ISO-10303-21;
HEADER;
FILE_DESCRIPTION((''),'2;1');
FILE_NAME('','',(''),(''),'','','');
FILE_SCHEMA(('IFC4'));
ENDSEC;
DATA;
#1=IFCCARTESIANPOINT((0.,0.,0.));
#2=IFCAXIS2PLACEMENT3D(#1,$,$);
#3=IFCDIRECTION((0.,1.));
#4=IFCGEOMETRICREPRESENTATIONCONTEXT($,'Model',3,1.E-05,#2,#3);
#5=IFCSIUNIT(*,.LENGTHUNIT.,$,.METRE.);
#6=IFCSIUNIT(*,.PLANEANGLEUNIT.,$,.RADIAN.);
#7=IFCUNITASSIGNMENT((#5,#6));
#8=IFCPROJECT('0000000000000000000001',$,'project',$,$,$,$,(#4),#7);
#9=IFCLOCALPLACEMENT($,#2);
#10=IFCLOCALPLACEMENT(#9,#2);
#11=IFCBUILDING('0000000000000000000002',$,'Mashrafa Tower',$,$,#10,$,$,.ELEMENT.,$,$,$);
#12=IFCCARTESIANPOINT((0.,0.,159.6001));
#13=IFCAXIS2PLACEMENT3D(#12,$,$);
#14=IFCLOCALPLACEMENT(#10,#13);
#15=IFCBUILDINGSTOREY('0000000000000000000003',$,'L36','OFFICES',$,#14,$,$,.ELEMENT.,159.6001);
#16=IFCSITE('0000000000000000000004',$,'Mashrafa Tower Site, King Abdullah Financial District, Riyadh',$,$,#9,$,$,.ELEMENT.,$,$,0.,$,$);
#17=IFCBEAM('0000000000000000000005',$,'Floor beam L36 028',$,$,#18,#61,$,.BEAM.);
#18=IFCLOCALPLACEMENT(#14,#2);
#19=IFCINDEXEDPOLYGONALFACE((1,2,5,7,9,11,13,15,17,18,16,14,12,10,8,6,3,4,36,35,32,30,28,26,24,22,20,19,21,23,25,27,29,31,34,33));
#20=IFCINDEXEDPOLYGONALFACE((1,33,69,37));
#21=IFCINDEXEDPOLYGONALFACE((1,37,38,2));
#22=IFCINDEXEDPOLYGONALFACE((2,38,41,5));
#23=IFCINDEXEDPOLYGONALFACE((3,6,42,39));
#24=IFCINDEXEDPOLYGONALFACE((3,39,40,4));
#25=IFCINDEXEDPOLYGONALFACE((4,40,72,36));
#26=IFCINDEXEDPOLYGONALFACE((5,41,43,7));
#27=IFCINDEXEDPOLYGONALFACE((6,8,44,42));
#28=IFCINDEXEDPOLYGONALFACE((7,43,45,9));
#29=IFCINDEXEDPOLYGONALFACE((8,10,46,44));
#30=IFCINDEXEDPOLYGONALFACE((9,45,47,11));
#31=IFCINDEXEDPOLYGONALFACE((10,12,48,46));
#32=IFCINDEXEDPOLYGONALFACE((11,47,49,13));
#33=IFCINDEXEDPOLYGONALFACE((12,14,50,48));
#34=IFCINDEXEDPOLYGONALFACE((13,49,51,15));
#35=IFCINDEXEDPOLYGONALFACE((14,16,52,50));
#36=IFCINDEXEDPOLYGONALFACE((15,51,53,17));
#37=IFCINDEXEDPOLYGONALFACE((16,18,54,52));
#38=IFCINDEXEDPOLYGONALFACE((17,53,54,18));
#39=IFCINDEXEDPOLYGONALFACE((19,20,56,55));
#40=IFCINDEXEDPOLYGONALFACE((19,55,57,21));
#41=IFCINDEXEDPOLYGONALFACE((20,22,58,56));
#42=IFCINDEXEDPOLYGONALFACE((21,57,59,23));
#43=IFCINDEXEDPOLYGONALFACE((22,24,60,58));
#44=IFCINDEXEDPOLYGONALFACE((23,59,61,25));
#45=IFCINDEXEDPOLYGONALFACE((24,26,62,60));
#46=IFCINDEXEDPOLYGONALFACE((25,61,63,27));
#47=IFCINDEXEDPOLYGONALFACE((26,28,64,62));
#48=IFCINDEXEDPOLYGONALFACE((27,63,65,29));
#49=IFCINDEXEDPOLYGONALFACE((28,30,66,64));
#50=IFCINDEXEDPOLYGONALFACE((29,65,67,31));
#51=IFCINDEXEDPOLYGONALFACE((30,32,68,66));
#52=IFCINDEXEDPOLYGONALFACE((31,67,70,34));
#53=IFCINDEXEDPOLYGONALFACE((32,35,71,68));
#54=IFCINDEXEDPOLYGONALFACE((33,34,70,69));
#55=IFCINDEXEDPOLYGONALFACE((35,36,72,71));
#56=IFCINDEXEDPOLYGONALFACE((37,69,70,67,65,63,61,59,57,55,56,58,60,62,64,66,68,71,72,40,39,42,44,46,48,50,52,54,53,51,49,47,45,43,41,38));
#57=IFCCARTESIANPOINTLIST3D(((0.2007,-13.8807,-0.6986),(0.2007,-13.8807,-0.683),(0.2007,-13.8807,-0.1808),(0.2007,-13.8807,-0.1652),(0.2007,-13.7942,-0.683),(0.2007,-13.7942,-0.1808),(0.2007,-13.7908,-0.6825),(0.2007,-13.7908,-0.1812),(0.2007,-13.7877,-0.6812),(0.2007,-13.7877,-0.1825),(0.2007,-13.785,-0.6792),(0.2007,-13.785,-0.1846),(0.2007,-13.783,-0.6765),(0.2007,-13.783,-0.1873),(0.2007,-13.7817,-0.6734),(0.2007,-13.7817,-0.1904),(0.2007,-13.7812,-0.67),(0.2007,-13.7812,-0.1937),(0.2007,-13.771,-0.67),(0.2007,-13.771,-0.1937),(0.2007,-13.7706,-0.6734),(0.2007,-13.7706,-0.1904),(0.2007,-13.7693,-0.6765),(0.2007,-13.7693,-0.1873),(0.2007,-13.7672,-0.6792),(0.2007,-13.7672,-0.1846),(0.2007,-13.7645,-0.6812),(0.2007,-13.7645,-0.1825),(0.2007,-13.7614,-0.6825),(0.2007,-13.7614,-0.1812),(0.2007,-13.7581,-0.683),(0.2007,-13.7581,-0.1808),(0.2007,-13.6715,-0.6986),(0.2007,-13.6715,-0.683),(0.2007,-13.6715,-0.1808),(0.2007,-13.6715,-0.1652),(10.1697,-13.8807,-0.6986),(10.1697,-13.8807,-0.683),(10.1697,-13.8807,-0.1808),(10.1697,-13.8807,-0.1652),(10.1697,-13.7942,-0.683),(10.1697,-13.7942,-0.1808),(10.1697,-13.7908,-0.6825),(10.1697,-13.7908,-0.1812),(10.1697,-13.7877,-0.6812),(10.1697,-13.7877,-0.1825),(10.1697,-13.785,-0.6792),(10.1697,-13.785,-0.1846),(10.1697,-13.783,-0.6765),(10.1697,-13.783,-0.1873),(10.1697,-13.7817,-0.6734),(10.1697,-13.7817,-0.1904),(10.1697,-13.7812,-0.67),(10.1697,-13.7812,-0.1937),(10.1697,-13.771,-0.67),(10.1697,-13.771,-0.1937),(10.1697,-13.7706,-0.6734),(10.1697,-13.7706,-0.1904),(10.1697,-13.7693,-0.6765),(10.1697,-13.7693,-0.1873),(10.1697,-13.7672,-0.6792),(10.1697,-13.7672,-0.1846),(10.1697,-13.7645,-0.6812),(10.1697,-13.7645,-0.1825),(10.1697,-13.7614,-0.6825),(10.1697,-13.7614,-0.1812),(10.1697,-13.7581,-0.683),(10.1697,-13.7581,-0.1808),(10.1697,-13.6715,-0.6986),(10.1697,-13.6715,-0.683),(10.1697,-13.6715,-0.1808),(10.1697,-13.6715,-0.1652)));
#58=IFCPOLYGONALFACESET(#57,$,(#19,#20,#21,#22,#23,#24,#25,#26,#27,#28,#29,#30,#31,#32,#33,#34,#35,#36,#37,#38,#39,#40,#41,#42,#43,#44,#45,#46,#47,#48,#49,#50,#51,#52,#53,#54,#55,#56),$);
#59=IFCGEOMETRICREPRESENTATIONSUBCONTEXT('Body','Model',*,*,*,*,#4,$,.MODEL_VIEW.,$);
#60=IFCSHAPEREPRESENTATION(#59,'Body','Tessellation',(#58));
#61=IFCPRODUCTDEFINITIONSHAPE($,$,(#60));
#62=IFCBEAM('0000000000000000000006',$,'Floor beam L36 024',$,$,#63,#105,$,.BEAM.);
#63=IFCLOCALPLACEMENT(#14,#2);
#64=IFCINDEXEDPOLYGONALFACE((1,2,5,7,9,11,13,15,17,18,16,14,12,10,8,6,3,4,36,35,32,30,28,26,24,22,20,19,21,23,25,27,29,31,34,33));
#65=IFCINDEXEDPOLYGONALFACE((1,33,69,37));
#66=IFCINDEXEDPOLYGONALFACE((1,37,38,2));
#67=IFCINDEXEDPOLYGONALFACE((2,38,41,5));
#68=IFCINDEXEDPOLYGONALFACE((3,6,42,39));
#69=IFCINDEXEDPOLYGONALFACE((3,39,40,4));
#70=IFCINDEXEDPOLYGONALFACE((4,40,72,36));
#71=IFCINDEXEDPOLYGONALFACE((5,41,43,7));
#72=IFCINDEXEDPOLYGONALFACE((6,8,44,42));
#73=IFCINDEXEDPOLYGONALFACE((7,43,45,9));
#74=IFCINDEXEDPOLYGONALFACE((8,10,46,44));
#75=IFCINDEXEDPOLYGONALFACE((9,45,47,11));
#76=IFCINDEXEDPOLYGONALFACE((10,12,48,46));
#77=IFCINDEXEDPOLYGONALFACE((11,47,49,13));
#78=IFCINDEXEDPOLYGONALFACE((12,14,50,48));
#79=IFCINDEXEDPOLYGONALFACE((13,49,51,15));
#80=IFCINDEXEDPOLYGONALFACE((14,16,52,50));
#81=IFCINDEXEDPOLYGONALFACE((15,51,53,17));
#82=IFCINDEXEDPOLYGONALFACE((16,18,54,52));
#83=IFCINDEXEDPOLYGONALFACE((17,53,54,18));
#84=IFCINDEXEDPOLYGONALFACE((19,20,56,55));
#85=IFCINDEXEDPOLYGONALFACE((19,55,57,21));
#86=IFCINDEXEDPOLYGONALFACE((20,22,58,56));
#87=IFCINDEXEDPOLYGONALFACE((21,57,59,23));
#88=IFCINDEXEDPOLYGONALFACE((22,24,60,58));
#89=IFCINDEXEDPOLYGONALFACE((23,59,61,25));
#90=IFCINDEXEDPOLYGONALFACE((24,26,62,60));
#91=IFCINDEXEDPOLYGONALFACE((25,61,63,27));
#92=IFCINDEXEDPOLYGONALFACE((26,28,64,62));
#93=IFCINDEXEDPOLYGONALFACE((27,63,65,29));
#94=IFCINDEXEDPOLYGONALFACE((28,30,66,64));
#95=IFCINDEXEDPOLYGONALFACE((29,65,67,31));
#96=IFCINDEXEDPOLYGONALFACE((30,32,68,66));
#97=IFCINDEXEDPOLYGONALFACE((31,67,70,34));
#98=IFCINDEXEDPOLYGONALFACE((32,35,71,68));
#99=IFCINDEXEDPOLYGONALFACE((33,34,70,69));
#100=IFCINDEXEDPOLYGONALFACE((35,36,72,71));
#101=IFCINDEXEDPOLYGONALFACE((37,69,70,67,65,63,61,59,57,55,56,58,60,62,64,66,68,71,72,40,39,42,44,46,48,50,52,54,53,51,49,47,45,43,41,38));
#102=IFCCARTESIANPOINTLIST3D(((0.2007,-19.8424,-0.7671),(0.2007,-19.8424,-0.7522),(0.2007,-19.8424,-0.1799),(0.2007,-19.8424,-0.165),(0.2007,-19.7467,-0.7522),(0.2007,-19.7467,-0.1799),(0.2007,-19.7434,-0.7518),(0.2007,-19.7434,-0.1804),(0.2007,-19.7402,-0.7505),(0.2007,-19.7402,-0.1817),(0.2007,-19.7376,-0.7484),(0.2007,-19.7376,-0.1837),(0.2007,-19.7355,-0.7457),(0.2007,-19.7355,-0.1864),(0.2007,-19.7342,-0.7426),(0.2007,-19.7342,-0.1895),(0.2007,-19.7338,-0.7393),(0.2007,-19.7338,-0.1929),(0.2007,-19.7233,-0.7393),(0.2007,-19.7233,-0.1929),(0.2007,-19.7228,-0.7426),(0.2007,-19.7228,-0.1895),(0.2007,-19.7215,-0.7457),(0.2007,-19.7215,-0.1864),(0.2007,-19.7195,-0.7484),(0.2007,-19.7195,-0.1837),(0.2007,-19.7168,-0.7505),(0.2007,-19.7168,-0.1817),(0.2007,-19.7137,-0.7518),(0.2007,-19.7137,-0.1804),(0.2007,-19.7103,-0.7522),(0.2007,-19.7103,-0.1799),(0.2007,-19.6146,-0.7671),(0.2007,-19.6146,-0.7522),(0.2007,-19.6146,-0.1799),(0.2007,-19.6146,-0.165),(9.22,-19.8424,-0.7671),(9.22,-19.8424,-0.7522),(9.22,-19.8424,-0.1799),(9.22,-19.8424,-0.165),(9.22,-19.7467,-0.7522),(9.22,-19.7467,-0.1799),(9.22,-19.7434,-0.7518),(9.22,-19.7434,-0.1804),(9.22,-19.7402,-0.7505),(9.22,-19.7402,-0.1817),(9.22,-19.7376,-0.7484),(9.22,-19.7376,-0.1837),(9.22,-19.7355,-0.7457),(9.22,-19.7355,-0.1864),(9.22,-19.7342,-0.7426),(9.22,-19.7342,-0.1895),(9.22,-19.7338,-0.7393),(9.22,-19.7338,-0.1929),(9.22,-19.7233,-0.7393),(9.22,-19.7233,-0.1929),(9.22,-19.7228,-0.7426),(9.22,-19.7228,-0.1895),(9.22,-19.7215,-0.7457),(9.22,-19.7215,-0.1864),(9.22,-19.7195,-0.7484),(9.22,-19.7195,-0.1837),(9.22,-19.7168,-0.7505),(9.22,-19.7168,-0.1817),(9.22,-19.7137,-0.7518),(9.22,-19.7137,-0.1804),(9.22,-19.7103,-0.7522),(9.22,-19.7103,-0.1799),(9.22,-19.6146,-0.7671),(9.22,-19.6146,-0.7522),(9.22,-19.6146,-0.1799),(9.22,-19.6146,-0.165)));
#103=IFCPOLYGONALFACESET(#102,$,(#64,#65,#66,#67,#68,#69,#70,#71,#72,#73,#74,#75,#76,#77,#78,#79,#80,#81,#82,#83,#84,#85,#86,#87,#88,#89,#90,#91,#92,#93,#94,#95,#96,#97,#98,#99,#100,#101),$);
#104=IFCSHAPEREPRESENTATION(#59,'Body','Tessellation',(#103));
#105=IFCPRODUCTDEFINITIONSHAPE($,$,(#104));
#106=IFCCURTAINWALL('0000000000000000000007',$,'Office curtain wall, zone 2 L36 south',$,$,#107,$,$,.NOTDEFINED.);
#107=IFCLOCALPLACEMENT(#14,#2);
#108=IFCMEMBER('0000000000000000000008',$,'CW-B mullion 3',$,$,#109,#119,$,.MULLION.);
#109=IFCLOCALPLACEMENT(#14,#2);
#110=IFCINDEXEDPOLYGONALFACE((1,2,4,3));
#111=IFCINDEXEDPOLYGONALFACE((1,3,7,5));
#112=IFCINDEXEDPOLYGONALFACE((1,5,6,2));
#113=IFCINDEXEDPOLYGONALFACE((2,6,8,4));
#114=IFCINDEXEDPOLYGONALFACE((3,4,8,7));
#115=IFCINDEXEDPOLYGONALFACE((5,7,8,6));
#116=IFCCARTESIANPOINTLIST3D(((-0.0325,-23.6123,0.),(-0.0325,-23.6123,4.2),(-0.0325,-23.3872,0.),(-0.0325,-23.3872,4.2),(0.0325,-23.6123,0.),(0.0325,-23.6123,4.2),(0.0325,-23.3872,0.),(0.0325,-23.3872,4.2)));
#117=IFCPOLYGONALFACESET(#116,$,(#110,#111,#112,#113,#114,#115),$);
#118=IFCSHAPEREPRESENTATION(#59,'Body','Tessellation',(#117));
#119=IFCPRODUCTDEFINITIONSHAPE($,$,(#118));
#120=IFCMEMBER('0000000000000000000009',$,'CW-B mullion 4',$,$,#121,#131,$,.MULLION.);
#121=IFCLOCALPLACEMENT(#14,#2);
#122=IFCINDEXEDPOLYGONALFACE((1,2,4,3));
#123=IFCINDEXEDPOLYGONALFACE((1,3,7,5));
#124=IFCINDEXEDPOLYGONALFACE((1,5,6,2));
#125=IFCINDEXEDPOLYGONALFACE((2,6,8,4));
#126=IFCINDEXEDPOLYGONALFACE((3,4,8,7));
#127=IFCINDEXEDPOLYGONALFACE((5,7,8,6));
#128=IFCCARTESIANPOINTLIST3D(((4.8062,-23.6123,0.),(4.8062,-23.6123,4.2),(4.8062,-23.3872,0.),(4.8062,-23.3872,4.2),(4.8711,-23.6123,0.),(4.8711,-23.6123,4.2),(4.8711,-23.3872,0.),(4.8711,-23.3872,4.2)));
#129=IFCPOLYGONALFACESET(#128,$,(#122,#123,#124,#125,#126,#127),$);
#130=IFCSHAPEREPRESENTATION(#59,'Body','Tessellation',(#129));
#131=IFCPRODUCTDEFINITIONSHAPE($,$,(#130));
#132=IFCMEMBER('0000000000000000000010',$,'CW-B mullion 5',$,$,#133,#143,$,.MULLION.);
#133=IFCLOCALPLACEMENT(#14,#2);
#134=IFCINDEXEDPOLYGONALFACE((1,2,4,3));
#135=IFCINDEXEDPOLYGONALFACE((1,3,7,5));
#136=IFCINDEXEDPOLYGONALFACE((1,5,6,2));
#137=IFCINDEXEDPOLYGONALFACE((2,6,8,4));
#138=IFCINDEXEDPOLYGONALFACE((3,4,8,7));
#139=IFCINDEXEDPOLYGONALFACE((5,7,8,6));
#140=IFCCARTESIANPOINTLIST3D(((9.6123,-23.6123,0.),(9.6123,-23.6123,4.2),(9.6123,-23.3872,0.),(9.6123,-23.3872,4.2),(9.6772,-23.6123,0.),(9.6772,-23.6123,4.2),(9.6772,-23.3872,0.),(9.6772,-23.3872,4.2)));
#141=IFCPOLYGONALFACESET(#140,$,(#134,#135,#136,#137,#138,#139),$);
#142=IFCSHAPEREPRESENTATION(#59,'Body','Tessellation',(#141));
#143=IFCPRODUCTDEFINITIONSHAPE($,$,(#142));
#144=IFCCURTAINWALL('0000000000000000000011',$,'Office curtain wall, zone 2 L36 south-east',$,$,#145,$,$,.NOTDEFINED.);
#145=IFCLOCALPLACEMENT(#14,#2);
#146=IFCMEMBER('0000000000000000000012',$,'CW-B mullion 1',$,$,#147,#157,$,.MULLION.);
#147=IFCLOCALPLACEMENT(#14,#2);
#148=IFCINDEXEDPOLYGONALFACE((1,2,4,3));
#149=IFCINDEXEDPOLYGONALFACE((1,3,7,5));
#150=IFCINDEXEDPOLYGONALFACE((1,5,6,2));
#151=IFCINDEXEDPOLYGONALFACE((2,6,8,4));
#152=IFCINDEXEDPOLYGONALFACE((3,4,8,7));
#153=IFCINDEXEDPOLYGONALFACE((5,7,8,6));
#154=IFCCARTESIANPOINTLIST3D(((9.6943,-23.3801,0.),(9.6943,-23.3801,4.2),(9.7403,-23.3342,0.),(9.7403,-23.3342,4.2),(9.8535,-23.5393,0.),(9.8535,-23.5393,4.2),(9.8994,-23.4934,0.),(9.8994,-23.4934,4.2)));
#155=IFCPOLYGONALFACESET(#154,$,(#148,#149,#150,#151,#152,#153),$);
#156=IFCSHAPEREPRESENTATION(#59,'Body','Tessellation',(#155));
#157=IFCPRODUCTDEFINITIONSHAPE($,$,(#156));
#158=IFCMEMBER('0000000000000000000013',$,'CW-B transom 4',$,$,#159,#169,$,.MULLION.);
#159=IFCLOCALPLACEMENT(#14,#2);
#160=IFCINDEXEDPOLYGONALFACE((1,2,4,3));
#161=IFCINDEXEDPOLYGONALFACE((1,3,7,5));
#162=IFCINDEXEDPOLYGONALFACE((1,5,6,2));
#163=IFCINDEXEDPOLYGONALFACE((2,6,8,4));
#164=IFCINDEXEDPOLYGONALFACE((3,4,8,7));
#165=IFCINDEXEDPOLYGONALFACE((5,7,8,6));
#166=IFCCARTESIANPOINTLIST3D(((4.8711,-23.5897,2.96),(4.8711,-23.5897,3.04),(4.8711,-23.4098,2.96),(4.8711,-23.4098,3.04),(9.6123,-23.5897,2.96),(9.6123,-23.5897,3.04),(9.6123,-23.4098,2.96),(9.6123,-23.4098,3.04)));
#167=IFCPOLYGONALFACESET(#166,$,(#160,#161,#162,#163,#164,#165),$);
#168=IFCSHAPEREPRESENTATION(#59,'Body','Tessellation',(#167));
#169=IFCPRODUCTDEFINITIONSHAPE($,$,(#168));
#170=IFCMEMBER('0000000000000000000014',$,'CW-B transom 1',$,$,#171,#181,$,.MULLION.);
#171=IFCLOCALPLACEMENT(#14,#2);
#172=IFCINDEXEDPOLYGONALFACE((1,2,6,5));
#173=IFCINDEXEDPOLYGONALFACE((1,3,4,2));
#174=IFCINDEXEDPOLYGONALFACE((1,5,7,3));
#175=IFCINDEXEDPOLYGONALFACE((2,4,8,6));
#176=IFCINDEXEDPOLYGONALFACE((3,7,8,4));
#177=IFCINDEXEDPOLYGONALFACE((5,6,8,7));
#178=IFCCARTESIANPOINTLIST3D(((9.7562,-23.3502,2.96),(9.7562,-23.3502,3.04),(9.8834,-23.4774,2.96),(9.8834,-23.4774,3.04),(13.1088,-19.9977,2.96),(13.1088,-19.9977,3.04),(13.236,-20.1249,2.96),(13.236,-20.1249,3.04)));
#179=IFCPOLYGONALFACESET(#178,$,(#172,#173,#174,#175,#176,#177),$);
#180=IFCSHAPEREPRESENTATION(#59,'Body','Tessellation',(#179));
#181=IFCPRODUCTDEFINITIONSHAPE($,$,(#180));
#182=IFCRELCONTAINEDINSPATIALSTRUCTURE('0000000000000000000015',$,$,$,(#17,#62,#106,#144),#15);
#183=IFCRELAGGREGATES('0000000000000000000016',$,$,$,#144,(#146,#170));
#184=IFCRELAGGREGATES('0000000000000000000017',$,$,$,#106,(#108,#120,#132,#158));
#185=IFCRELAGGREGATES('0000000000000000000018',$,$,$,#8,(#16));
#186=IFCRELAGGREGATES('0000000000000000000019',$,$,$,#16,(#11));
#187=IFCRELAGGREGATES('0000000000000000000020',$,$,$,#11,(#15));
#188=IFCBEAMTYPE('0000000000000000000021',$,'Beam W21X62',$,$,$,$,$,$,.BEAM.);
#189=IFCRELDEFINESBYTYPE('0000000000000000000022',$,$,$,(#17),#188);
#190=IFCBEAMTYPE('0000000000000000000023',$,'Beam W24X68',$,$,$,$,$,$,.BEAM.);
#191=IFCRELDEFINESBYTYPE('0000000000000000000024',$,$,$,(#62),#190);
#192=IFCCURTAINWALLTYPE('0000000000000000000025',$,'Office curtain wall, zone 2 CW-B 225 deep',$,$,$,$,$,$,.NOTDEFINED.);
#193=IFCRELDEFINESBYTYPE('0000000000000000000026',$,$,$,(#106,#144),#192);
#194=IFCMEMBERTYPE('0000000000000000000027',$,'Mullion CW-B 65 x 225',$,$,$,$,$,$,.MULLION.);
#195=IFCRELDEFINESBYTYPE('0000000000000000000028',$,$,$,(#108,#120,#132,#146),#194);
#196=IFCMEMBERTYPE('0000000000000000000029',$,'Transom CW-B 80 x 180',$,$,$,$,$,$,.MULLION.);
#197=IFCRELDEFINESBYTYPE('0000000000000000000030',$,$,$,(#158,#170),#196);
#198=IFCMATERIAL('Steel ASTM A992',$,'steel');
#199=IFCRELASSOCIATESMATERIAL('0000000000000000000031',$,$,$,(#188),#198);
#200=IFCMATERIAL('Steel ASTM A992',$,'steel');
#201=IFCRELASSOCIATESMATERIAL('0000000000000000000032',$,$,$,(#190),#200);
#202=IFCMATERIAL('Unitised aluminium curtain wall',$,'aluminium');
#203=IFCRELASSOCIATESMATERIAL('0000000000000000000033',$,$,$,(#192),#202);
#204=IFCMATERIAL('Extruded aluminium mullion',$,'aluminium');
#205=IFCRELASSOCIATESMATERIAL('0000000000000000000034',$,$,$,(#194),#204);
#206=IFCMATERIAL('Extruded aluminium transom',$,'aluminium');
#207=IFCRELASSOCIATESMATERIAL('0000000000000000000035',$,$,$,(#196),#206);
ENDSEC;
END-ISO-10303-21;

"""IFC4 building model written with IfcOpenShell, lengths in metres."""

from ifc_helpers import new_model, si_unit, direction, frame, origin, origin_2d, place, context, subcontext, project, spatial, rectangle, i_section, extrude, source, transform, mapped, material, material_profile, profile_set, type_object, type_shapes, element, aggregate, save


model = new_model("IFC4")

# Units and contexts
model_context = context("Model", 3, precision=1e-05, world=origin(), true_north=direction((0.0, 1.0)))
body_context = subcontext(model_context, "Body", "Model", "MODEL_VIEW")
ifc_project = project(units=[si_unit("LENGTHUNIT", "METRE"), si_unit("PLANEANGLEUNIT", "RADIAN")], contexts=[model_context])

# Site, building, storey
site_placement = place(None, origin())
site = spatial("IfcSite", under=ifc_project, at=site_placement, Name="Mashrafa Tower Site, King Abdullah Financial District, Riyadh", CompositionType="ELEMENT", RefElevation=0.0)
building_placement = place(site_placement, origin())
building = spatial("IfcBuilding", under=site, at=building_placement, Name="Mashrafa Tower", CompositionType="ELEMENT")
storey_placement = place(building_placement, frame((0.0, 0.0, 159.6001)))
storey = spatial("IfcBuildingStorey", under=building, at=storey_placement, Name="L36", Description="OFFICES", CompositionType="ELEMENT", Elevation=159.6001)

# Beams
ifc_material_1 = material(Name="Steel ASTM A992", Category="steel")
ifc_material_profile_1 = material_profile(ifc_material_1, i_section(OverallWidth=0.2092, OverallDepth=0.5334, WebThickness=0.0103, FlangeThickness=0.0156, FilletRadius=0.0129, at=origin_2d()), Name="W21X62")
ifc_profile_set_1 = profile_set([ifc_material_profile_1], Name="Steel ASTM A992")
beam_type_1 = type_object("IfcBeamType", Name="Beam W21X62", PredefinedType="BEAM", material=ifc_profile_set_1)
beam_1_placement = place(storey_placement, frame((10.1697, -13.7761, -0.4319), z_axis=(-1.0, 0.0, 0.0), x_axis=(0.0, -1.0, 0.0)))
element("IfcBeam", 1, at=beam_1_placement, inside=storey, type_object=beam_type_1, Name="Floor beam L36 028", PredefinedType="BEAM", context=body_context, shape_type="SweptSolid", body=[
    extrude(i_section(OverallWidth=0.2092, OverallDepth=0.5334, WebThickness=0.0103, FlangeThickness=0.0156, FilletRadius=0.0129, at=origin_2d()), origin(), (0.0, 0.0, 1.0), 9.969),
])
ifc_material_2 = material(Name="Steel ASTM A992", Category="steel")
ifc_material_profile_2 = material_profile(ifc_material_2, i_section(OverallWidth=0.2278, OverallDepth=0.6021, WebThickness=0.0105, FlangeThickness=0.0149, FilletRadius=0.0129, at=origin_2d()), Name="W24X68")
ifc_profile_set_2 = profile_set([ifc_material_profile_2], Name="Steel ASTM A992")
beam_type_2 = type_object("IfcBeamType", Name="Beam W24X68", PredefinedType="BEAM", material=ifc_profile_set_2)
beam_2_placement = place(storey_placement, frame((9.22, -19.7285, -0.4661), z_axis=(-1.0, 0.0, 0.0), x_axis=(0.0, -1.0, 0.0)))
element("IfcBeam", 2, at=beam_2_placement, inside=storey, type_object=beam_type_2, Name="Floor beam L36 024", PredefinedType="BEAM", context=body_context, shape_type="SweptSolid", body=[
    extrude(i_section(OverallWidth=0.2278, OverallDepth=0.6021, WebThickness=0.0105, FlangeThickness=0.0149, FilletRadius=0.0129, at=origin_2d()), origin(), (0.0, 0.0, 1.0), 9.0193),
])

# Curtain wall, members
ifc_material_3 = material(Name="Unitised aluminium curtain wall", Category="aluminium")
curtain_wall_type = type_object("IfcCurtainWallType", Name="Office curtain wall, zone 2 CW-B 225 deep", PredefinedType="NOTDEFINED", material=ifc_material_3)
curtain_wall_1_placement = place(storey_placement, origin())
curtain_wall_1 = element("IfcCurtainWall", 3, at=curtain_wall_1_placement, inside=storey, type_object=curtain_wall_type, Name="Office curtain wall, zone 2 L36 south", PredefinedType="NOTDEFINED")
ifc_material_4 = material(Name="Extruded aluminium mullion", Category="aluminium")
ifc_material_profile_3 = material_profile(ifc_material_4, rectangle(XDim=0.2251, YDim=0.0649, at=origin_2d()), Name="Mullion 65x225")
ifc_profile_set_3 = profile_set([ifc_material_profile_3], Name="Extruded aluminium mullion")
member_type_1 = type_object("IfcMemberType", Name="Mullion CW-B 65 x 225", PredefinedType="MULLION", material=ifc_profile_set_3)
shared_shape_1 = source(origin(), body_context, "Body", "SweptSolid", [
    extrude(rectangle(XDim=0.2251, YDim=0.0649, at=origin_2d()), origin(), (0.0, 0.0, 1.0), 4.2),
])
type_shapes(member_type_1, [shared_shape_1])
member_1_placement = place(storey_placement, frame((0.0, -23.4998, 0.0), z_axis=(0.0, 0.0, 1.0), x_axis=(0.0, 1.0, 0.0)))
member_1 = element("IfcMember", 4, at=member_1_placement, type_object=member_type_1, Name="CW-B mullion 3", PredefinedType="MULLION", context=body_context, shape_type="MappedRepresentation", body=[
    mapped(shared_shape_1, transform((0.0, 0.0, 0.0))),
])
member_2_placement = place(storey_placement, frame((4.8386, -23.4998, 0.0), z_axis=(0.0, 0.0, 1.0), x_axis=(0.0, 1.0, 0.0)))
member_2 = element("IfcMember", 5, at=member_2_placement, type_object=member_type_1, Name="CW-B mullion 4", PredefinedType="MULLION", context=body_context, shape_type="MappedRepresentation", body=[
    mapped(shared_shape_1, transform((0.0, 0.0, 0.0))),
])
member_3_placement = place(storey_placement, frame((9.6448, -23.4998, 0.0), z_axis=(0.0, 0.0, 1.0), x_axis=(0.0, 1.0, 0.0)))
member_3 = element("IfcMember", 6, at=member_3_placement, type_object=member_type_1, Name="CW-B mullion 5", PredefinedType="MULLION", context=body_context, shape_type="MappedRepresentation", body=[
    mapped(shared_shape_1, transform((0.0, 0.0, 0.0))),
])

# Curtain wall, member
curtain_wall_2_placement = place(storey_placement, origin())
curtain_wall_2 = element("IfcCurtainWall", 7, at=curtain_wall_2_placement, inside=storey, type_object=curtain_wall_type, Name="Office curtain wall, zone 2 L36 south-east", PredefinedType="NOTDEFINED")
member_4_placement = place(storey_placement, frame((9.7969, -23.4368, 0.0), z_axis=(0.0, 0.0, 1.0), x_axis=(-0.707107, 0.707107, 0.0)))
member_4 = element("IfcMember", 8, at=member_4_placement, type_object=member_type_1, Name="CW-B mullion 1", PredefinedType="MULLION", context=body_context, shape_type="MappedRepresentation", body=[
    mapped(shared_shape_1, transform((0.0, 0.0, 0.0))),
])

# Members
ifc_material_5 = material(Name="Extruded aluminium transom", Category="aluminium")
ifc_material_profile_4 = material_profile(ifc_material_5, rectangle(XDim=0.1799, YDim=0.0801, at=origin_2d()), Name="Transom 80x180")
ifc_profile_set_4 = profile_set([ifc_material_profile_4], Name="Extruded aluminium transom")
member_type_2 = type_object("IfcMemberType", Name="Transom CW-B 80 x 180", PredefinedType="MULLION", material=ifc_profile_set_4)
shared_shape_2 = source(origin(), body_context, "Body", "SweptSolid", [
    extrude(rectangle(XDim=0.1799, YDim=0.0801, at=origin_2d()), origin(), (0.0, 0.0, 1.0), 4.7412),
])
member_5_placement = place(storey_placement, frame((4.8711, -23.4998, 3.0), z_axis=(1.0, 0.0, 0.0), x_axis=(0.0, 1.0, 0.0)))
member_5 = element("IfcMember", 9, at=member_5_placement, type_object=member_type_2, Name="CW-B transom 4", PredefinedType="MULLION", context=body_context, shape_type="MappedRepresentation", body=[
    mapped(shared_shape_2, transform((0.0, 0.0, 0.0))),
])
member_6_placement = place(storey_placement, frame((9.8198, -23.4138, 3.0), z_axis=(0.707107, 0.707107, 0.0), x_axis=(-0.707107, 0.707107, 0.0)))
member_6 = element("IfcMember", 10, at=member_6_placement, type_object=member_type_2, Name="CW-B transom 1", PredefinedType="MULLION", context=body_context, shape_type="MappedRepresentation", body=[
    mapped(shared_shape_2, transform((0.0, 0.0, 0.0))),
])
aggregate(curtain_wall_2, [member_4, member_6])

aggregate(curtain_wall_1, [member_1, member_2, member_3, member_5])

save(model, "model.ifc")
